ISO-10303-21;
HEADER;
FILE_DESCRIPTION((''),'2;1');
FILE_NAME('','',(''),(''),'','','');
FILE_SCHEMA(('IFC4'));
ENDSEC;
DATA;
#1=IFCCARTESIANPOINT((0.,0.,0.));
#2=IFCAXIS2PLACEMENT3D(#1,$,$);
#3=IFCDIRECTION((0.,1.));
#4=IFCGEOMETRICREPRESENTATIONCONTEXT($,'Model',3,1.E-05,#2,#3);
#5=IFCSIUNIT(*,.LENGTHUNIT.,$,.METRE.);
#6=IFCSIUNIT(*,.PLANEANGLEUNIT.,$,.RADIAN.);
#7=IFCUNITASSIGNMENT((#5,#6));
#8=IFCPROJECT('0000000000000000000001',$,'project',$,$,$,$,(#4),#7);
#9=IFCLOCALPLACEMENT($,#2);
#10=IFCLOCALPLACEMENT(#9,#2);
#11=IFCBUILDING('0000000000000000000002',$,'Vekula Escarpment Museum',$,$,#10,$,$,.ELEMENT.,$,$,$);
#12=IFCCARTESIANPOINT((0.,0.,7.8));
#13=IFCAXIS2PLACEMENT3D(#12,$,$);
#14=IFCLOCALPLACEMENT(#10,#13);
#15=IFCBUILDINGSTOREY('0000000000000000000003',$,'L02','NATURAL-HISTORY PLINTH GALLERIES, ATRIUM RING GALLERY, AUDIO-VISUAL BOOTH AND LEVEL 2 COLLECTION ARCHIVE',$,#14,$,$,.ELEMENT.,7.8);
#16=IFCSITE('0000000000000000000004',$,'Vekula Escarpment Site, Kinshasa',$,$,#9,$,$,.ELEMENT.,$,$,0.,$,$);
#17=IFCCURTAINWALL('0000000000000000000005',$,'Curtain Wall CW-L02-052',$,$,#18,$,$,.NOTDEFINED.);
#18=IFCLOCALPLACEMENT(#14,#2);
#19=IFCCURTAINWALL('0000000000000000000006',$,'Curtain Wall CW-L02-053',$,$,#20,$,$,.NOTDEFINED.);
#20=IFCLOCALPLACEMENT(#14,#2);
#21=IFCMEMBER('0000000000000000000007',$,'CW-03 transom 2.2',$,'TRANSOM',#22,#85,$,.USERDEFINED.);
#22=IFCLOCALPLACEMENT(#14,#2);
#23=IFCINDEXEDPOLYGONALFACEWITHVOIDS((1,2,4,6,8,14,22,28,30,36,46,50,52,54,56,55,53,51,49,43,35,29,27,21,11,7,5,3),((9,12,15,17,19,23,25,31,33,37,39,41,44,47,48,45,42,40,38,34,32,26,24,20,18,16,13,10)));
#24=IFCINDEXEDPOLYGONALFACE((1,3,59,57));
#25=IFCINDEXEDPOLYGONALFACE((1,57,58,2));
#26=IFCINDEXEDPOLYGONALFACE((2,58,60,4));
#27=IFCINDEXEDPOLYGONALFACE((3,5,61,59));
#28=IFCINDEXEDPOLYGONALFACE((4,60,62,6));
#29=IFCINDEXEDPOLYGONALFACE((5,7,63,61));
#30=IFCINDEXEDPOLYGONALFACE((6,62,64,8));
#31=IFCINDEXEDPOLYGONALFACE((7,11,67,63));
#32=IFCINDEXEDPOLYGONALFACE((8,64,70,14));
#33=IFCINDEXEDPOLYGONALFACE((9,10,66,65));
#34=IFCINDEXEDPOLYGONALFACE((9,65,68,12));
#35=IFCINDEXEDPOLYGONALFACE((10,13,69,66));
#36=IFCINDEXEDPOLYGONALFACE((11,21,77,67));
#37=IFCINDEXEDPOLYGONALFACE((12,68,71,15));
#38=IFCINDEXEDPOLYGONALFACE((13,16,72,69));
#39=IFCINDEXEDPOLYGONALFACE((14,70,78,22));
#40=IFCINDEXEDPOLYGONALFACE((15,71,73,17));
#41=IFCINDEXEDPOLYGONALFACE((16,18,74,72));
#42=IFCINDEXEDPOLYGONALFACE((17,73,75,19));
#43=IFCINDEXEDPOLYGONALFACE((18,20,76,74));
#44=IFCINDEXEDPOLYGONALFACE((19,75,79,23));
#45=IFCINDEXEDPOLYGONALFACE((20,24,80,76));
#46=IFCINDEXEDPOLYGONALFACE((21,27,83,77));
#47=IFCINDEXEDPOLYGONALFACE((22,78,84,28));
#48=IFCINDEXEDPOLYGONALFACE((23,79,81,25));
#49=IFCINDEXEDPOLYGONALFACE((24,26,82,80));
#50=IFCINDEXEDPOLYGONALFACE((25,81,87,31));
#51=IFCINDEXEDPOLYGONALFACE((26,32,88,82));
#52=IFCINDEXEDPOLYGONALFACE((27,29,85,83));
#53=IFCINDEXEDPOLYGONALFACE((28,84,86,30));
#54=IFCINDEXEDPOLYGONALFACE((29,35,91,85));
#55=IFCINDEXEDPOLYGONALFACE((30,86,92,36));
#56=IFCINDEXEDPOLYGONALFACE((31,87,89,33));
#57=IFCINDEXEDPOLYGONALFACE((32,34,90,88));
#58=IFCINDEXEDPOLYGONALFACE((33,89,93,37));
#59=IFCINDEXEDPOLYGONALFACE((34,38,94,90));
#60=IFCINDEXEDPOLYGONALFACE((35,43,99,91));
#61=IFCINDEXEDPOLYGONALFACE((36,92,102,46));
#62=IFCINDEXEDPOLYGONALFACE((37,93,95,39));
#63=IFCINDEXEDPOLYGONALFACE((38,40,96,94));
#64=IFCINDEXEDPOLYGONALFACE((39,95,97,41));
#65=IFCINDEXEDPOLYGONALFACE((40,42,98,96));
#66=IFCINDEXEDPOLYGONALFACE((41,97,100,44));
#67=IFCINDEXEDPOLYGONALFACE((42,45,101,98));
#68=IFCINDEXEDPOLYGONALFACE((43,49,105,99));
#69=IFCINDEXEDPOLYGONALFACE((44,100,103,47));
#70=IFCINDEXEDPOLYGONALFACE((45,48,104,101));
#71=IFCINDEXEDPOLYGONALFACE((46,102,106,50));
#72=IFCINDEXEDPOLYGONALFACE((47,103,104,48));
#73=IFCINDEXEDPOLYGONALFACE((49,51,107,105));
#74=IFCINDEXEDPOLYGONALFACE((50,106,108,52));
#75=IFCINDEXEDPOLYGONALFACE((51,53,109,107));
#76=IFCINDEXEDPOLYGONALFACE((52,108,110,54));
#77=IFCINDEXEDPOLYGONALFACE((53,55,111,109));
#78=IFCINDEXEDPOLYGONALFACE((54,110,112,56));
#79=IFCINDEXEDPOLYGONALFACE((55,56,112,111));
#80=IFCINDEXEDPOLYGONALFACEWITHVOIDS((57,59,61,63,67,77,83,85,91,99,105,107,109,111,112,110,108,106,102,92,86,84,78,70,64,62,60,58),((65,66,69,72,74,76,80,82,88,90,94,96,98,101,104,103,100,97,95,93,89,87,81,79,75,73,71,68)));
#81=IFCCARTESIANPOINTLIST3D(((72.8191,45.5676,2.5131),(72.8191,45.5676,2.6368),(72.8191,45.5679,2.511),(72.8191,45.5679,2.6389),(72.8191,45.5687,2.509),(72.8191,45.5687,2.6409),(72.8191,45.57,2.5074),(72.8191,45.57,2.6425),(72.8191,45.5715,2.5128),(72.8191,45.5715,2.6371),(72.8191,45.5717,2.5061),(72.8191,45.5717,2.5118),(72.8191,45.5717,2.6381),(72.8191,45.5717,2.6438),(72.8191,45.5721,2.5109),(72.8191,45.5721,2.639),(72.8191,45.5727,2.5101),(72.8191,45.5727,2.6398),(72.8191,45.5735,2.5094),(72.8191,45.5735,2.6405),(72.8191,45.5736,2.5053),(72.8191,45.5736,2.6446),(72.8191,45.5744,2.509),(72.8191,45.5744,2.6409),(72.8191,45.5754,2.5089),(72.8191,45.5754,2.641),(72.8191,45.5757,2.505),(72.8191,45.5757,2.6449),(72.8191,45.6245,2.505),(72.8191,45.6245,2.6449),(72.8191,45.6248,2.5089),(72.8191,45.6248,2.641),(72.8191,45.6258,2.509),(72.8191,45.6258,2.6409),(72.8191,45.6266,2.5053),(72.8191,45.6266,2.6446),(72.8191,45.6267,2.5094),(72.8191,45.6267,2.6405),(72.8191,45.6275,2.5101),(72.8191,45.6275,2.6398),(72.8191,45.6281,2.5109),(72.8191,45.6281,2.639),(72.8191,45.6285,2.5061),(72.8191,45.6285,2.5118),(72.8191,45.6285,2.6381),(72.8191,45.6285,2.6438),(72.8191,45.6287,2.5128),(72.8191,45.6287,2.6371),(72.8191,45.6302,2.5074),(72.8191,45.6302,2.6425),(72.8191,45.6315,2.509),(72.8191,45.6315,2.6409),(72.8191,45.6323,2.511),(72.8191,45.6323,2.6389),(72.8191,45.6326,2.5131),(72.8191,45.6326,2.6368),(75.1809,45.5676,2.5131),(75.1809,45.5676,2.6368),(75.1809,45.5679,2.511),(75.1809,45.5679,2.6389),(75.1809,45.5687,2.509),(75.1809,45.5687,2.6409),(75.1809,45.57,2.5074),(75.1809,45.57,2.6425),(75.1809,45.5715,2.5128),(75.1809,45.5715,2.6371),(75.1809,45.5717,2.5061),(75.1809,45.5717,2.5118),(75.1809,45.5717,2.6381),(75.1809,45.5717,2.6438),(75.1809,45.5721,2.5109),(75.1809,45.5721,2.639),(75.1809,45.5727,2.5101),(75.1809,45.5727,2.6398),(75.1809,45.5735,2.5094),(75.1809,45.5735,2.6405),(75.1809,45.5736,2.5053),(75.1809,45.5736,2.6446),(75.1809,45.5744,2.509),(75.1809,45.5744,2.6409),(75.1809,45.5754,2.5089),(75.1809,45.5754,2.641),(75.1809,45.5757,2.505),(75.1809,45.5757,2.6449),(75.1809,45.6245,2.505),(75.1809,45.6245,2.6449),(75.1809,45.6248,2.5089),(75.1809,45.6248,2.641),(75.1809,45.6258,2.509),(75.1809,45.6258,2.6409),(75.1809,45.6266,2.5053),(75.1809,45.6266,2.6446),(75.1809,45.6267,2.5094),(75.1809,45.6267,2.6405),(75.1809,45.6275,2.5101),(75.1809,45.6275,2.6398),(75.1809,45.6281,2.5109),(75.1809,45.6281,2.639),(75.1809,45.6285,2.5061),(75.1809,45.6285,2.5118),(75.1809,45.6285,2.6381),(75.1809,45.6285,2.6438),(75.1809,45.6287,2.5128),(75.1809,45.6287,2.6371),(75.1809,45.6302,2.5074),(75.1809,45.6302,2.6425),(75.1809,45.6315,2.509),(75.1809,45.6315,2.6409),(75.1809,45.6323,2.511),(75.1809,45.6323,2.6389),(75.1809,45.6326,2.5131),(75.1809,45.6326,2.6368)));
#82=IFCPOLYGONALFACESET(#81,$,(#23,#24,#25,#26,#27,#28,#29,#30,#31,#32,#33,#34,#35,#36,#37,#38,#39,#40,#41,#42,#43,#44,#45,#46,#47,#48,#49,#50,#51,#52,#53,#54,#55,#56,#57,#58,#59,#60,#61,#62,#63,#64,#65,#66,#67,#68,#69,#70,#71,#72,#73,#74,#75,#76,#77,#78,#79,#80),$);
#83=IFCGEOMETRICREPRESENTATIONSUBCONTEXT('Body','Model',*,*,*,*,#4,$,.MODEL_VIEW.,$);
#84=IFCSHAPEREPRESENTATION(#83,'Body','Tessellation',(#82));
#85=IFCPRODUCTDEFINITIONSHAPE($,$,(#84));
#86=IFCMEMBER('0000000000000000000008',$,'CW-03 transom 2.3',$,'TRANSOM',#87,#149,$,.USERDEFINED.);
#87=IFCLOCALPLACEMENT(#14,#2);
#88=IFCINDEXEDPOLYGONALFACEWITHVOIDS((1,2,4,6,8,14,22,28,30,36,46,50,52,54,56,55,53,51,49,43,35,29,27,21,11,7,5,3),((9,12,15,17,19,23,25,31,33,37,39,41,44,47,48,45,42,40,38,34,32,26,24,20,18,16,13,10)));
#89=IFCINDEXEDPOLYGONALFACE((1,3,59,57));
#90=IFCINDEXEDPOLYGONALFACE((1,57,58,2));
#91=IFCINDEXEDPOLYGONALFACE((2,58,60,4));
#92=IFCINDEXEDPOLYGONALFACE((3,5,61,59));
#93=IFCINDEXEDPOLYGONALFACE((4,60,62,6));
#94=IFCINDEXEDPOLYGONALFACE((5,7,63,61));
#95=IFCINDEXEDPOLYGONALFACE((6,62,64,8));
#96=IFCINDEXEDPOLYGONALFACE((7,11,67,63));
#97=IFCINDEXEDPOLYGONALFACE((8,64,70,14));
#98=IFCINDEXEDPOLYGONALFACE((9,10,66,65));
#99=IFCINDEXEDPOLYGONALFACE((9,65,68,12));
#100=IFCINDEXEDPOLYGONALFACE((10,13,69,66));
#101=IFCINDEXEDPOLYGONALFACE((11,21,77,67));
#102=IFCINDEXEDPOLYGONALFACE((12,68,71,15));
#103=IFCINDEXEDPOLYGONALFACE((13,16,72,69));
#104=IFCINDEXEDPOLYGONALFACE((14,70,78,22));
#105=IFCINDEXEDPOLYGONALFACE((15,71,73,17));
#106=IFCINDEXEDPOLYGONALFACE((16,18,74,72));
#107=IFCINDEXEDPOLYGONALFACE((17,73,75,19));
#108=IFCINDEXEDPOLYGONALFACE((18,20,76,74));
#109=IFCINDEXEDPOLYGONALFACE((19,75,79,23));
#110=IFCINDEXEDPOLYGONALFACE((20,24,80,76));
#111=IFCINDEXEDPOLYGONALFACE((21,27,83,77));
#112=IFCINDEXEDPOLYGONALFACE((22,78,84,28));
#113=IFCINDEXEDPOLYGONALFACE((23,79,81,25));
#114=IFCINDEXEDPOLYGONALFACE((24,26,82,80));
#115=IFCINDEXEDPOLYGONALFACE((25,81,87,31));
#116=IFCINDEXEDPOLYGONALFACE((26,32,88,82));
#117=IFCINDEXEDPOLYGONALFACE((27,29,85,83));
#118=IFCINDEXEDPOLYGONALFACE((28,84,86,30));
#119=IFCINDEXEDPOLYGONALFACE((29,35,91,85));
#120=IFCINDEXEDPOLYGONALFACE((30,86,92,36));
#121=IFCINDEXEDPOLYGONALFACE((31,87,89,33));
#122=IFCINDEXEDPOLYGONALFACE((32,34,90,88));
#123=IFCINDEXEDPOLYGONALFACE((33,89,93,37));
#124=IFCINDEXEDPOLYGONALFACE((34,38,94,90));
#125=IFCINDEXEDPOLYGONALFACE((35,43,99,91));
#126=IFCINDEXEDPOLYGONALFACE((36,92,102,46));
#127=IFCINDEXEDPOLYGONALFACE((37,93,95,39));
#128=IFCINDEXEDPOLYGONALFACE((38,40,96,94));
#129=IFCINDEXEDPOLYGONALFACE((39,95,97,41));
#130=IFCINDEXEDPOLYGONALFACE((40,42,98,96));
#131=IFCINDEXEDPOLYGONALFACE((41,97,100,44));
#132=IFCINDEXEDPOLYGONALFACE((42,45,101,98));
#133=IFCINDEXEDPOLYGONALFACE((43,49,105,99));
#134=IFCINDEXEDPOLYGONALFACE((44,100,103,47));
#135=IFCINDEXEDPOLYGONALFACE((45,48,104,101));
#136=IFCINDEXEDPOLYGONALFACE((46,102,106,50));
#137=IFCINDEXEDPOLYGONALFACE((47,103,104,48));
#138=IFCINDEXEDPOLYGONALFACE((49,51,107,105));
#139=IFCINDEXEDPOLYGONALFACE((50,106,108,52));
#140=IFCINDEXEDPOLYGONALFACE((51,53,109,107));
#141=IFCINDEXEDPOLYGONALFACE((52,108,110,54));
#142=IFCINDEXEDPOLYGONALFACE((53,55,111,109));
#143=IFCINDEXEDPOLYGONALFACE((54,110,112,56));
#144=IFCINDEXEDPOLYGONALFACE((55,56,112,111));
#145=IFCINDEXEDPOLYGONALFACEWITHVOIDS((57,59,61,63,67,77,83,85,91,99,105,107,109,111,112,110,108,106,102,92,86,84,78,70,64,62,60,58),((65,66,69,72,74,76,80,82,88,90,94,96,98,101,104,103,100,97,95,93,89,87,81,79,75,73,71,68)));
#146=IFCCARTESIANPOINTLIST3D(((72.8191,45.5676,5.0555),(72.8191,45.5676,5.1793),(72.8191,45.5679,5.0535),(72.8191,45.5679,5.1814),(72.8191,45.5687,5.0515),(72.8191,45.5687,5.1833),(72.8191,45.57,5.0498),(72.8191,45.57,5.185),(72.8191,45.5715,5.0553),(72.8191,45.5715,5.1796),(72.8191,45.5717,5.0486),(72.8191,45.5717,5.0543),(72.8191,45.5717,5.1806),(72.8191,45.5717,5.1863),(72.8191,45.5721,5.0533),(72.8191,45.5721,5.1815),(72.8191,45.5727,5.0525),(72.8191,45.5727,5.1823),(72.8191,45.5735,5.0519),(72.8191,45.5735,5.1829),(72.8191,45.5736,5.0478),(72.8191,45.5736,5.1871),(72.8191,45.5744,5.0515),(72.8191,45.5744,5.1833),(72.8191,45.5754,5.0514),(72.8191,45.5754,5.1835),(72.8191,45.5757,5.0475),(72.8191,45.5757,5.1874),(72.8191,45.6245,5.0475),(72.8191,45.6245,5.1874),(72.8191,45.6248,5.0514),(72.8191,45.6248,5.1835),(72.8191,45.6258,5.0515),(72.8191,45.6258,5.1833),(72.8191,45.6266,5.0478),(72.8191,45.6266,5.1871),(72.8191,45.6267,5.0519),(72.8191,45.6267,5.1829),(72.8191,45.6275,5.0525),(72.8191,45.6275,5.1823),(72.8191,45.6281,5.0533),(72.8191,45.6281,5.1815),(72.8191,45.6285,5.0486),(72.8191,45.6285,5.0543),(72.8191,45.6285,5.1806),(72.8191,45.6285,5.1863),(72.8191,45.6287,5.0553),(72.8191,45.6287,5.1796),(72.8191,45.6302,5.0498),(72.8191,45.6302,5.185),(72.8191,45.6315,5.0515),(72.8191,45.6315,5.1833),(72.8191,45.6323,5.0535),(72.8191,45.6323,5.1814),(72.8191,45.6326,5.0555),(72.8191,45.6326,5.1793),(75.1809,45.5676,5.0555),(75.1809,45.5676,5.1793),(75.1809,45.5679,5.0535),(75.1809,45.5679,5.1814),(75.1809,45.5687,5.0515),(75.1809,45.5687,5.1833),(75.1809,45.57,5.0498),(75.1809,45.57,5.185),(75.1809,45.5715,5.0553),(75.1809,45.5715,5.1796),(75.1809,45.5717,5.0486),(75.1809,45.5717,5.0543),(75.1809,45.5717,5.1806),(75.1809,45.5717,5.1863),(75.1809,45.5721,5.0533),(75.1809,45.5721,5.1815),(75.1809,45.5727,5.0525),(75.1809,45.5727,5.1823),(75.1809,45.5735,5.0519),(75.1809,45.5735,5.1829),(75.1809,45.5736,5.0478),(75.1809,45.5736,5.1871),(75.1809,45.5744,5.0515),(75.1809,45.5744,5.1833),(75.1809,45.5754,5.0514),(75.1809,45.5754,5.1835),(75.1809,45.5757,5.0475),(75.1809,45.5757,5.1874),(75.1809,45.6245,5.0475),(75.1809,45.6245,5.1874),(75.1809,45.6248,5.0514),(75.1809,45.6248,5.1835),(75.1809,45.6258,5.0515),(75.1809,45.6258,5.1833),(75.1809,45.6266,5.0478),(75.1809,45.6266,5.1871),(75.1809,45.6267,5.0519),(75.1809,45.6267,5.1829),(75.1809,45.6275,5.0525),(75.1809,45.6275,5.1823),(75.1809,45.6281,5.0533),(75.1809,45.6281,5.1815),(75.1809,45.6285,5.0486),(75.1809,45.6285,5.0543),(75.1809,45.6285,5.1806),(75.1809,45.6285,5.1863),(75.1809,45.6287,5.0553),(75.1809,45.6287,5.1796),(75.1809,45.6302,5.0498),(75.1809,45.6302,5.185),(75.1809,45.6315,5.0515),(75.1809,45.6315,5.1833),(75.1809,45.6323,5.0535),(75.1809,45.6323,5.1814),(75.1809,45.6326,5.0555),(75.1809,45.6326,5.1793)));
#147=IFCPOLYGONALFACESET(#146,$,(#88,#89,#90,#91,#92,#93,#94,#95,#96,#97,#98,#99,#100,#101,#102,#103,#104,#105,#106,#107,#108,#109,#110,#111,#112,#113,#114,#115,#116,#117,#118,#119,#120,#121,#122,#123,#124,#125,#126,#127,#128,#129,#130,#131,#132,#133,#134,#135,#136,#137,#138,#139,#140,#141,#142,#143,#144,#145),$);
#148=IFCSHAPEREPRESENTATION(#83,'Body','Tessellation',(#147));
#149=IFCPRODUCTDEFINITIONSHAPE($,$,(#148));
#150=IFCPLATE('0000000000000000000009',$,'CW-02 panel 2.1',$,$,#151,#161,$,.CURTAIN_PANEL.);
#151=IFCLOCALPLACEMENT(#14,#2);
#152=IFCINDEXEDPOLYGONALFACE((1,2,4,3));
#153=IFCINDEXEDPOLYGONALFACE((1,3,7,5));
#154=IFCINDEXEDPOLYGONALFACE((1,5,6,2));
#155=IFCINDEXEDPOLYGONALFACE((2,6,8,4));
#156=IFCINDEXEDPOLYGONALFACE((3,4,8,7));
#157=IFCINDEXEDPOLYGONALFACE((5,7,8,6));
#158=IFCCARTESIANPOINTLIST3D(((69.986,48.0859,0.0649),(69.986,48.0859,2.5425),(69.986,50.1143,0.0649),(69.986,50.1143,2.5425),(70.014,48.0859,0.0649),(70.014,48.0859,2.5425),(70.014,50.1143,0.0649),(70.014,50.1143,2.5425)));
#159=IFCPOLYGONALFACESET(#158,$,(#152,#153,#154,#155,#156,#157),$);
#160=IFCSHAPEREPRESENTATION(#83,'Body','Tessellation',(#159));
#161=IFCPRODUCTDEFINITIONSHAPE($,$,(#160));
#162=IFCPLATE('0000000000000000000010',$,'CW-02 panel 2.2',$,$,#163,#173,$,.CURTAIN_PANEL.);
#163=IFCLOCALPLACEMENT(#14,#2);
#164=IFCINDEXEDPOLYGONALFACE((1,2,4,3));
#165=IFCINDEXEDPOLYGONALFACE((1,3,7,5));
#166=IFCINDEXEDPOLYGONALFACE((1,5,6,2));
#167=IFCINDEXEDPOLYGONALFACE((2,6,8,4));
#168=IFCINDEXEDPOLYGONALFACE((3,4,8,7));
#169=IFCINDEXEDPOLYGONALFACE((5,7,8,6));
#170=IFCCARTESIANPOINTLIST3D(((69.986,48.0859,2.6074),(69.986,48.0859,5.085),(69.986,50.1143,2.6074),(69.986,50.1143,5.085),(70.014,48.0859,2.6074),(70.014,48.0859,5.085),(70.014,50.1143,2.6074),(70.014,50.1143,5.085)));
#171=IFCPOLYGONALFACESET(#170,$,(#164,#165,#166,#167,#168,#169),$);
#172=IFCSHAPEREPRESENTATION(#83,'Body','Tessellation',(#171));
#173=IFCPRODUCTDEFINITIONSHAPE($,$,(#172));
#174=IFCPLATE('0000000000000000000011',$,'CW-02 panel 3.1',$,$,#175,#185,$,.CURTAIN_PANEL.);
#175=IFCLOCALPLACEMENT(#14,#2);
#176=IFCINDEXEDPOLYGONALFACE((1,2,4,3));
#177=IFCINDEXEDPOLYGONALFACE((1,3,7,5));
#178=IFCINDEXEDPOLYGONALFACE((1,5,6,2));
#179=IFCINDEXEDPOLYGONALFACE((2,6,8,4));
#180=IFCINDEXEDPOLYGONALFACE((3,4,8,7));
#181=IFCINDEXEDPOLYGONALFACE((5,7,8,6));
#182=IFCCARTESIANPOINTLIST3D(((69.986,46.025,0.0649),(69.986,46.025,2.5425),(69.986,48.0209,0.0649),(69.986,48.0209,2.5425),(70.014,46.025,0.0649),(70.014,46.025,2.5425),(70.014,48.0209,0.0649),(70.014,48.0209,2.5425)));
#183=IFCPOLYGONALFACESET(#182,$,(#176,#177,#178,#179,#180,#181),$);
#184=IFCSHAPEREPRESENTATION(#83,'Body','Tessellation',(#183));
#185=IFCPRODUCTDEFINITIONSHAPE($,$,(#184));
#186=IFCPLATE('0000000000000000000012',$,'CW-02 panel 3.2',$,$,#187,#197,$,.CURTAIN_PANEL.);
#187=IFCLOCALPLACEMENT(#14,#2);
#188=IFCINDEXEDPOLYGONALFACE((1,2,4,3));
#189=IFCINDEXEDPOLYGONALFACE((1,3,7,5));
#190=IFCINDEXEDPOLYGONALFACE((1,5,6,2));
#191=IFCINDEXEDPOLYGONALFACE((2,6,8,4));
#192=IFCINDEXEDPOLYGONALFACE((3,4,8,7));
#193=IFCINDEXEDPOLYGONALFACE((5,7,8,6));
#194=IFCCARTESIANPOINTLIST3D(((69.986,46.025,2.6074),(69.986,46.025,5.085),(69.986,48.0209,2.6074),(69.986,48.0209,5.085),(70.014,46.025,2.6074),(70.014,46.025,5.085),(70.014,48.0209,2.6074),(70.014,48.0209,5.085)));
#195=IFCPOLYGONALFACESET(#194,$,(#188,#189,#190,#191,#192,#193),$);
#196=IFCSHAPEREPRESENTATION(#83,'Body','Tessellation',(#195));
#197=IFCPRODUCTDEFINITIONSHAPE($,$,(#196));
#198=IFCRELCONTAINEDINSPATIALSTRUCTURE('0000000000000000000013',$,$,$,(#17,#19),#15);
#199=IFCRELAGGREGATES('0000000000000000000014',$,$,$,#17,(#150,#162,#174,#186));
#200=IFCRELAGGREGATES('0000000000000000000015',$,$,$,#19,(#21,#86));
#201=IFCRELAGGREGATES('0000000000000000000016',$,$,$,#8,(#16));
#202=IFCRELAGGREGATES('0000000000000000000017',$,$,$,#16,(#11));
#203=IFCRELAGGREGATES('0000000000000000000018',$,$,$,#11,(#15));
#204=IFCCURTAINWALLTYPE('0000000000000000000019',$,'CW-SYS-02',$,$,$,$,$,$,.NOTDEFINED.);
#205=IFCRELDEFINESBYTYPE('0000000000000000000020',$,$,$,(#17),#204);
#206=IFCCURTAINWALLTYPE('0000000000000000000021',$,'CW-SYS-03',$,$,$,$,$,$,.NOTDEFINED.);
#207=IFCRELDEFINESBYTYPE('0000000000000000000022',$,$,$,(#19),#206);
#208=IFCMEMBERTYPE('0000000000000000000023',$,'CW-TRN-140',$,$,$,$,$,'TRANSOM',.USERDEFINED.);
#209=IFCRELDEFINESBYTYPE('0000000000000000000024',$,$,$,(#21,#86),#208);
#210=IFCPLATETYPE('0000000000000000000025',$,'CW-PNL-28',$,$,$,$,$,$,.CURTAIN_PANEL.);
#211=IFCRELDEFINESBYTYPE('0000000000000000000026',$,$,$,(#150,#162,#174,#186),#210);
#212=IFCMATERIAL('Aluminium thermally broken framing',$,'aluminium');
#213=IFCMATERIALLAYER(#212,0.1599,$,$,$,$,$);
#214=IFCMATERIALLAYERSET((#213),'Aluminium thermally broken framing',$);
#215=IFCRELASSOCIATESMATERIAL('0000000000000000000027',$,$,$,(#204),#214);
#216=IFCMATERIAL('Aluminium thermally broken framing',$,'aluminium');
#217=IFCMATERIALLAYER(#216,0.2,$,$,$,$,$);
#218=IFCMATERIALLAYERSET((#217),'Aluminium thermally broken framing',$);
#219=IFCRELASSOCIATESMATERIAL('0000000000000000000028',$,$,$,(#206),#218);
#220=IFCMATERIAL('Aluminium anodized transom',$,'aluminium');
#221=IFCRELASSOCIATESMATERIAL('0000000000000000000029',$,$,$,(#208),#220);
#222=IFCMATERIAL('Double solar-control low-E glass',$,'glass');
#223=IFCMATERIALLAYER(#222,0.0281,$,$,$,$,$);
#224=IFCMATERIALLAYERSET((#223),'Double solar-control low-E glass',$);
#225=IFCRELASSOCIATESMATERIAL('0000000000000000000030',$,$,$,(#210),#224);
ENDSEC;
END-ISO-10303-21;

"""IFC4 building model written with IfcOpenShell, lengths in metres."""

from ifc_helpers import new_model, si_unit, direction, frame, origin, origin_2d, place, context, subcontext, project, spatial, rectangle, hollow_rectangle, extrude, material, layer, layer_set, material_profile, profile_set, type_object, element, aggregate, save


model = new_model("IFC4")

# Units and contexts
model_context = context("Model", 3, precision=1e-05, world=origin(), true_north=direction((0.0, 1.0)))
body_context = subcontext(model_context, "Body", "Model", "MODEL_VIEW")
ifc_project = project(units=[si_unit("LENGTHUNIT", "METRE"), si_unit("PLANEANGLEUNIT", "RADIAN")], contexts=[model_context])

# Site, building, storey
site_placement = place(None, origin())
site = spatial("IfcSite", under=ifc_project, at=site_placement, Name="Vekula Escarpment Site, Kinshasa", CompositionType="ELEMENT", RefElevation=0.0)
building_placement = place(site_placement, origin())
building = spatial("IfcBuilding", under=site, at=building_placement, Name="Vekula Escarpment Museum", CompositionType="ELEMENT")
storey_placement = place(building_placement, frame((0.0, 0.0, 7.8)))
storey = spatial("IfcBuildingStorey", under=building, at=storey_placement, Name="L02", Description="NATURAL-HISTORY PLINTH GALLERIES, ATRIUM RING GALLERY, AUDIO-VISUAL BOOTH AND LEVEL 2 COLLECTION ARCHIVE", CompositionType="ELEMENT", Elevation=7.8)

# Curtain walls
ifc_material_1 = material(Name="Aluminium thermally broken framing", Category="aluminium")
ifc_layer_1 = layer(ifc_material_1, 0.1599)
ifc_layer_set_1 = layer_set([ifc_layer_1], Name="Aluminium thermally broken framing")
curtain_wall_type_1 = type_object("IfcCurtainWallType", Name="CW-SYS-02", PredefinedType="NOTDEFINED", material=ifc_layer_set_1)
curtain_wall_1_placement = place(storey_placement, origin())
curtain_wall_1 = element("IfcCurtainWall", 1, at=curtain_wall_1_placement, inside=storey, type_object=curtain_wall_type_1, Name="Curtain Wall CW-L02-052", PredefinedType="NOTDEFINED")
ifc_material_2 = material(Name="Aluminium thermally broken framing", Category="aluminium")
ifc_layer_2 = layer(ifc_material_2, 0.2)
ifc_layer_set_2 = layer_set([ifc_layer_2], Name="Aluminium thermally broken framing")
curtain_wall_type_2 = type_object("IfcCurtainWallType", Name="CW-SYS-03", PredefinedType="NOTDEFINED", material=ifc_layer_set_2)
curtain_wall_2_placement = place(storey_placement, origin())
curtain_wall_2 = element("IfcCurtainWall", 2, at=curtain_wall_2_placement, inside=storey, type_object=curtain_wall_type_2, Name="Curtain Wall CW-L02-053", PredefinedType="NOTDEFINED")

# Members
ifc_material_3 = material(Name="Aluminium anodized transom", Category="aluminium")
ifc_material_profile_1 = material_profile(ifc_material_3, hollow_rectangle(XDim=0.0649, YDim=0.1399, WallThickness=0.0039, InnerFilletRadius=0.0039, OuterFilletRadius=0.0081, at=origin_2d()), Name="ALU 140x65x4")
ifc_profile_set_1 = profile_set([ifc_material_profile_1], Name="Aluminium anodized transom")
member_type_1 = type_object("IfcMemberType", Name="CW-TRN-140", ElementType="TRANSOM", PredefinedType="USERDEFINED", material=ifc_profile_set_1)
member_1_placement = place(storey_placement, frame((72.8191, 45.6001, 2.575), z_axis=(1.0, 0.0, 0.0), x_axis=(0.0, 1.0, 0.0)))
member_1 = element("IfcMember", 3, at=member_1_placement, type_object=member_type_1, Name="CW-03 transom 2.2", ObjectType="TRANSOM", PredefinedType="USERDEFINED", context=body_context, shape_type="SweptSolid", body=[
    extrude(hollow_rectangle(XDim=0.0649, YDim=0.1399, WallThickness=0.0039, InnerFilletRadius=0.0039, OuterFilletRadius=0.0081, at=origin_2d()), origin(), (0.0, 0.0, 1.0), 2.3618),
])
member_2_placement = place(storey_placement, frame((72.8191, 45.6001, 5.1174), z_axis=(1.0, 0.0, 0.0), x_axis=(0.0, 1.0, 0.0)))
member_2 = element("IfcMember", 4, at=member_2_placement, type_object=member_type_1, Name="CW-03 transom 2.3", ObjectType="TRANSOM", PredefinedType="USERDEFINED", context=body_context, shape_type="SweptSolid", body=[
    extrude(hollow_rectangle(XDim=0.0649, YDim=0.1399, WallThickness=0.0039, InnerFilletRadius=0.0039, OuterFilletRadius=0.0081, at=origin_2d()), origin(), (0.0, 0.0, 1.0), 2.3618),
])

# Plates
ifc_material_4 = material(Name="Double solar-control low-E glass", Category="glass")
ifc_layer_3 = layer(ifc_material_4, 0.0281)
ifc_layer_set_3 = layer_set([ifc_layer_3], Name="Double solar-control low-E glass")
plate_type_1 = type_object("IfcPlateType", Name="CW-PNL-28", PredefinedType="CURTAIN_PANEL", material=ifc_layer_set_3)
plate_1_placement = place(storey_placement, frame((70.0, 49.1001, 0.0649), z_axis=(0.0, 0.0, 1.0), x_axis=(0.0, -1.0, 0.0)))
plate_1 = element("IfcPlate", 5, at=plate_1_placement, type_object=plate_type_1, Name="CW-02 panel 2.1", PredefinedType="CURTAIN_PANEL", context=body_context, shape_type="SweptSolid", body=[
    extrude(rectangle(XDim=2.0283, YDim=0.0281, at=origin_2d()), origin(), (0.0, 0.0, 1.0), 2.4775),
])
plate_2_placement = place(storey_placement, frame((70.0, 49.1001, 2.6074), z_axis=(0.0, 0.0, 1.0), x_axis=(0.0, -1.0, 0.0)))
plate_2 = element("IfcPlate", 6, at=plate_2_placement, type_object=plate_type_1, Name="CW-02 panel 2.2", PredefinedType="CURTAIN_PANEL", context=body_context, shape_type="SweptSolid", body=[
    extrude(rectangle(XDim=2.0283, YDim=0.0281, at=origin_2d()), origin(), (0.0, 0.0, 1.0), 2.4775),
])
plate_3_placement = place(storey_placement, frame((70.0, 47.0229, 0.0649), z_axis=(0.0, 0.0, 1.0), x_axis=(0.0, -1.0, 0.0)))
plate_3 = element("IfcPlate", 7, at=plate_3_placement, type_object=plate_type_1, Name="CW-02 panel 3.1", PredefinedType="CURTAIN_PANEL", context=body_context, shape_type="SweptSolid", body=[
    extrude(rectangle(XDim=1.9958, YDim=0.0281, at=origin_2d()), origin(), (0.0, 0.0, 1.0), 2.4775),
])
plate_4_placement = place(storey_placement, frame((70.0, 47.0229, 2.6074), z_axis=(0.0, 0.0, 1.0), x_axis=(0.0, -1.0, 0.0)))
plate_4 = element("IfcPlate", 8, at=plate_4_placement, type_object=plate_type_1, Name="CW-02 panel 3.2", PredefinedType="CURTAIN_PANEL", context=body_context, shape_type="SweptSolid", body=[
    extrude(rectangle(XDim=1.9958, YDim=0.0281, at=origin_2d()), origin(), (0.0, 0.0, 1.0), 2.4775),
])
aggregate(curtain_wall_1, [plate_1, plate_2, plate_3, plate_4])
aggregate(curtain_wall_2, [member_1, member_2])

save(model, "model.ifc")
